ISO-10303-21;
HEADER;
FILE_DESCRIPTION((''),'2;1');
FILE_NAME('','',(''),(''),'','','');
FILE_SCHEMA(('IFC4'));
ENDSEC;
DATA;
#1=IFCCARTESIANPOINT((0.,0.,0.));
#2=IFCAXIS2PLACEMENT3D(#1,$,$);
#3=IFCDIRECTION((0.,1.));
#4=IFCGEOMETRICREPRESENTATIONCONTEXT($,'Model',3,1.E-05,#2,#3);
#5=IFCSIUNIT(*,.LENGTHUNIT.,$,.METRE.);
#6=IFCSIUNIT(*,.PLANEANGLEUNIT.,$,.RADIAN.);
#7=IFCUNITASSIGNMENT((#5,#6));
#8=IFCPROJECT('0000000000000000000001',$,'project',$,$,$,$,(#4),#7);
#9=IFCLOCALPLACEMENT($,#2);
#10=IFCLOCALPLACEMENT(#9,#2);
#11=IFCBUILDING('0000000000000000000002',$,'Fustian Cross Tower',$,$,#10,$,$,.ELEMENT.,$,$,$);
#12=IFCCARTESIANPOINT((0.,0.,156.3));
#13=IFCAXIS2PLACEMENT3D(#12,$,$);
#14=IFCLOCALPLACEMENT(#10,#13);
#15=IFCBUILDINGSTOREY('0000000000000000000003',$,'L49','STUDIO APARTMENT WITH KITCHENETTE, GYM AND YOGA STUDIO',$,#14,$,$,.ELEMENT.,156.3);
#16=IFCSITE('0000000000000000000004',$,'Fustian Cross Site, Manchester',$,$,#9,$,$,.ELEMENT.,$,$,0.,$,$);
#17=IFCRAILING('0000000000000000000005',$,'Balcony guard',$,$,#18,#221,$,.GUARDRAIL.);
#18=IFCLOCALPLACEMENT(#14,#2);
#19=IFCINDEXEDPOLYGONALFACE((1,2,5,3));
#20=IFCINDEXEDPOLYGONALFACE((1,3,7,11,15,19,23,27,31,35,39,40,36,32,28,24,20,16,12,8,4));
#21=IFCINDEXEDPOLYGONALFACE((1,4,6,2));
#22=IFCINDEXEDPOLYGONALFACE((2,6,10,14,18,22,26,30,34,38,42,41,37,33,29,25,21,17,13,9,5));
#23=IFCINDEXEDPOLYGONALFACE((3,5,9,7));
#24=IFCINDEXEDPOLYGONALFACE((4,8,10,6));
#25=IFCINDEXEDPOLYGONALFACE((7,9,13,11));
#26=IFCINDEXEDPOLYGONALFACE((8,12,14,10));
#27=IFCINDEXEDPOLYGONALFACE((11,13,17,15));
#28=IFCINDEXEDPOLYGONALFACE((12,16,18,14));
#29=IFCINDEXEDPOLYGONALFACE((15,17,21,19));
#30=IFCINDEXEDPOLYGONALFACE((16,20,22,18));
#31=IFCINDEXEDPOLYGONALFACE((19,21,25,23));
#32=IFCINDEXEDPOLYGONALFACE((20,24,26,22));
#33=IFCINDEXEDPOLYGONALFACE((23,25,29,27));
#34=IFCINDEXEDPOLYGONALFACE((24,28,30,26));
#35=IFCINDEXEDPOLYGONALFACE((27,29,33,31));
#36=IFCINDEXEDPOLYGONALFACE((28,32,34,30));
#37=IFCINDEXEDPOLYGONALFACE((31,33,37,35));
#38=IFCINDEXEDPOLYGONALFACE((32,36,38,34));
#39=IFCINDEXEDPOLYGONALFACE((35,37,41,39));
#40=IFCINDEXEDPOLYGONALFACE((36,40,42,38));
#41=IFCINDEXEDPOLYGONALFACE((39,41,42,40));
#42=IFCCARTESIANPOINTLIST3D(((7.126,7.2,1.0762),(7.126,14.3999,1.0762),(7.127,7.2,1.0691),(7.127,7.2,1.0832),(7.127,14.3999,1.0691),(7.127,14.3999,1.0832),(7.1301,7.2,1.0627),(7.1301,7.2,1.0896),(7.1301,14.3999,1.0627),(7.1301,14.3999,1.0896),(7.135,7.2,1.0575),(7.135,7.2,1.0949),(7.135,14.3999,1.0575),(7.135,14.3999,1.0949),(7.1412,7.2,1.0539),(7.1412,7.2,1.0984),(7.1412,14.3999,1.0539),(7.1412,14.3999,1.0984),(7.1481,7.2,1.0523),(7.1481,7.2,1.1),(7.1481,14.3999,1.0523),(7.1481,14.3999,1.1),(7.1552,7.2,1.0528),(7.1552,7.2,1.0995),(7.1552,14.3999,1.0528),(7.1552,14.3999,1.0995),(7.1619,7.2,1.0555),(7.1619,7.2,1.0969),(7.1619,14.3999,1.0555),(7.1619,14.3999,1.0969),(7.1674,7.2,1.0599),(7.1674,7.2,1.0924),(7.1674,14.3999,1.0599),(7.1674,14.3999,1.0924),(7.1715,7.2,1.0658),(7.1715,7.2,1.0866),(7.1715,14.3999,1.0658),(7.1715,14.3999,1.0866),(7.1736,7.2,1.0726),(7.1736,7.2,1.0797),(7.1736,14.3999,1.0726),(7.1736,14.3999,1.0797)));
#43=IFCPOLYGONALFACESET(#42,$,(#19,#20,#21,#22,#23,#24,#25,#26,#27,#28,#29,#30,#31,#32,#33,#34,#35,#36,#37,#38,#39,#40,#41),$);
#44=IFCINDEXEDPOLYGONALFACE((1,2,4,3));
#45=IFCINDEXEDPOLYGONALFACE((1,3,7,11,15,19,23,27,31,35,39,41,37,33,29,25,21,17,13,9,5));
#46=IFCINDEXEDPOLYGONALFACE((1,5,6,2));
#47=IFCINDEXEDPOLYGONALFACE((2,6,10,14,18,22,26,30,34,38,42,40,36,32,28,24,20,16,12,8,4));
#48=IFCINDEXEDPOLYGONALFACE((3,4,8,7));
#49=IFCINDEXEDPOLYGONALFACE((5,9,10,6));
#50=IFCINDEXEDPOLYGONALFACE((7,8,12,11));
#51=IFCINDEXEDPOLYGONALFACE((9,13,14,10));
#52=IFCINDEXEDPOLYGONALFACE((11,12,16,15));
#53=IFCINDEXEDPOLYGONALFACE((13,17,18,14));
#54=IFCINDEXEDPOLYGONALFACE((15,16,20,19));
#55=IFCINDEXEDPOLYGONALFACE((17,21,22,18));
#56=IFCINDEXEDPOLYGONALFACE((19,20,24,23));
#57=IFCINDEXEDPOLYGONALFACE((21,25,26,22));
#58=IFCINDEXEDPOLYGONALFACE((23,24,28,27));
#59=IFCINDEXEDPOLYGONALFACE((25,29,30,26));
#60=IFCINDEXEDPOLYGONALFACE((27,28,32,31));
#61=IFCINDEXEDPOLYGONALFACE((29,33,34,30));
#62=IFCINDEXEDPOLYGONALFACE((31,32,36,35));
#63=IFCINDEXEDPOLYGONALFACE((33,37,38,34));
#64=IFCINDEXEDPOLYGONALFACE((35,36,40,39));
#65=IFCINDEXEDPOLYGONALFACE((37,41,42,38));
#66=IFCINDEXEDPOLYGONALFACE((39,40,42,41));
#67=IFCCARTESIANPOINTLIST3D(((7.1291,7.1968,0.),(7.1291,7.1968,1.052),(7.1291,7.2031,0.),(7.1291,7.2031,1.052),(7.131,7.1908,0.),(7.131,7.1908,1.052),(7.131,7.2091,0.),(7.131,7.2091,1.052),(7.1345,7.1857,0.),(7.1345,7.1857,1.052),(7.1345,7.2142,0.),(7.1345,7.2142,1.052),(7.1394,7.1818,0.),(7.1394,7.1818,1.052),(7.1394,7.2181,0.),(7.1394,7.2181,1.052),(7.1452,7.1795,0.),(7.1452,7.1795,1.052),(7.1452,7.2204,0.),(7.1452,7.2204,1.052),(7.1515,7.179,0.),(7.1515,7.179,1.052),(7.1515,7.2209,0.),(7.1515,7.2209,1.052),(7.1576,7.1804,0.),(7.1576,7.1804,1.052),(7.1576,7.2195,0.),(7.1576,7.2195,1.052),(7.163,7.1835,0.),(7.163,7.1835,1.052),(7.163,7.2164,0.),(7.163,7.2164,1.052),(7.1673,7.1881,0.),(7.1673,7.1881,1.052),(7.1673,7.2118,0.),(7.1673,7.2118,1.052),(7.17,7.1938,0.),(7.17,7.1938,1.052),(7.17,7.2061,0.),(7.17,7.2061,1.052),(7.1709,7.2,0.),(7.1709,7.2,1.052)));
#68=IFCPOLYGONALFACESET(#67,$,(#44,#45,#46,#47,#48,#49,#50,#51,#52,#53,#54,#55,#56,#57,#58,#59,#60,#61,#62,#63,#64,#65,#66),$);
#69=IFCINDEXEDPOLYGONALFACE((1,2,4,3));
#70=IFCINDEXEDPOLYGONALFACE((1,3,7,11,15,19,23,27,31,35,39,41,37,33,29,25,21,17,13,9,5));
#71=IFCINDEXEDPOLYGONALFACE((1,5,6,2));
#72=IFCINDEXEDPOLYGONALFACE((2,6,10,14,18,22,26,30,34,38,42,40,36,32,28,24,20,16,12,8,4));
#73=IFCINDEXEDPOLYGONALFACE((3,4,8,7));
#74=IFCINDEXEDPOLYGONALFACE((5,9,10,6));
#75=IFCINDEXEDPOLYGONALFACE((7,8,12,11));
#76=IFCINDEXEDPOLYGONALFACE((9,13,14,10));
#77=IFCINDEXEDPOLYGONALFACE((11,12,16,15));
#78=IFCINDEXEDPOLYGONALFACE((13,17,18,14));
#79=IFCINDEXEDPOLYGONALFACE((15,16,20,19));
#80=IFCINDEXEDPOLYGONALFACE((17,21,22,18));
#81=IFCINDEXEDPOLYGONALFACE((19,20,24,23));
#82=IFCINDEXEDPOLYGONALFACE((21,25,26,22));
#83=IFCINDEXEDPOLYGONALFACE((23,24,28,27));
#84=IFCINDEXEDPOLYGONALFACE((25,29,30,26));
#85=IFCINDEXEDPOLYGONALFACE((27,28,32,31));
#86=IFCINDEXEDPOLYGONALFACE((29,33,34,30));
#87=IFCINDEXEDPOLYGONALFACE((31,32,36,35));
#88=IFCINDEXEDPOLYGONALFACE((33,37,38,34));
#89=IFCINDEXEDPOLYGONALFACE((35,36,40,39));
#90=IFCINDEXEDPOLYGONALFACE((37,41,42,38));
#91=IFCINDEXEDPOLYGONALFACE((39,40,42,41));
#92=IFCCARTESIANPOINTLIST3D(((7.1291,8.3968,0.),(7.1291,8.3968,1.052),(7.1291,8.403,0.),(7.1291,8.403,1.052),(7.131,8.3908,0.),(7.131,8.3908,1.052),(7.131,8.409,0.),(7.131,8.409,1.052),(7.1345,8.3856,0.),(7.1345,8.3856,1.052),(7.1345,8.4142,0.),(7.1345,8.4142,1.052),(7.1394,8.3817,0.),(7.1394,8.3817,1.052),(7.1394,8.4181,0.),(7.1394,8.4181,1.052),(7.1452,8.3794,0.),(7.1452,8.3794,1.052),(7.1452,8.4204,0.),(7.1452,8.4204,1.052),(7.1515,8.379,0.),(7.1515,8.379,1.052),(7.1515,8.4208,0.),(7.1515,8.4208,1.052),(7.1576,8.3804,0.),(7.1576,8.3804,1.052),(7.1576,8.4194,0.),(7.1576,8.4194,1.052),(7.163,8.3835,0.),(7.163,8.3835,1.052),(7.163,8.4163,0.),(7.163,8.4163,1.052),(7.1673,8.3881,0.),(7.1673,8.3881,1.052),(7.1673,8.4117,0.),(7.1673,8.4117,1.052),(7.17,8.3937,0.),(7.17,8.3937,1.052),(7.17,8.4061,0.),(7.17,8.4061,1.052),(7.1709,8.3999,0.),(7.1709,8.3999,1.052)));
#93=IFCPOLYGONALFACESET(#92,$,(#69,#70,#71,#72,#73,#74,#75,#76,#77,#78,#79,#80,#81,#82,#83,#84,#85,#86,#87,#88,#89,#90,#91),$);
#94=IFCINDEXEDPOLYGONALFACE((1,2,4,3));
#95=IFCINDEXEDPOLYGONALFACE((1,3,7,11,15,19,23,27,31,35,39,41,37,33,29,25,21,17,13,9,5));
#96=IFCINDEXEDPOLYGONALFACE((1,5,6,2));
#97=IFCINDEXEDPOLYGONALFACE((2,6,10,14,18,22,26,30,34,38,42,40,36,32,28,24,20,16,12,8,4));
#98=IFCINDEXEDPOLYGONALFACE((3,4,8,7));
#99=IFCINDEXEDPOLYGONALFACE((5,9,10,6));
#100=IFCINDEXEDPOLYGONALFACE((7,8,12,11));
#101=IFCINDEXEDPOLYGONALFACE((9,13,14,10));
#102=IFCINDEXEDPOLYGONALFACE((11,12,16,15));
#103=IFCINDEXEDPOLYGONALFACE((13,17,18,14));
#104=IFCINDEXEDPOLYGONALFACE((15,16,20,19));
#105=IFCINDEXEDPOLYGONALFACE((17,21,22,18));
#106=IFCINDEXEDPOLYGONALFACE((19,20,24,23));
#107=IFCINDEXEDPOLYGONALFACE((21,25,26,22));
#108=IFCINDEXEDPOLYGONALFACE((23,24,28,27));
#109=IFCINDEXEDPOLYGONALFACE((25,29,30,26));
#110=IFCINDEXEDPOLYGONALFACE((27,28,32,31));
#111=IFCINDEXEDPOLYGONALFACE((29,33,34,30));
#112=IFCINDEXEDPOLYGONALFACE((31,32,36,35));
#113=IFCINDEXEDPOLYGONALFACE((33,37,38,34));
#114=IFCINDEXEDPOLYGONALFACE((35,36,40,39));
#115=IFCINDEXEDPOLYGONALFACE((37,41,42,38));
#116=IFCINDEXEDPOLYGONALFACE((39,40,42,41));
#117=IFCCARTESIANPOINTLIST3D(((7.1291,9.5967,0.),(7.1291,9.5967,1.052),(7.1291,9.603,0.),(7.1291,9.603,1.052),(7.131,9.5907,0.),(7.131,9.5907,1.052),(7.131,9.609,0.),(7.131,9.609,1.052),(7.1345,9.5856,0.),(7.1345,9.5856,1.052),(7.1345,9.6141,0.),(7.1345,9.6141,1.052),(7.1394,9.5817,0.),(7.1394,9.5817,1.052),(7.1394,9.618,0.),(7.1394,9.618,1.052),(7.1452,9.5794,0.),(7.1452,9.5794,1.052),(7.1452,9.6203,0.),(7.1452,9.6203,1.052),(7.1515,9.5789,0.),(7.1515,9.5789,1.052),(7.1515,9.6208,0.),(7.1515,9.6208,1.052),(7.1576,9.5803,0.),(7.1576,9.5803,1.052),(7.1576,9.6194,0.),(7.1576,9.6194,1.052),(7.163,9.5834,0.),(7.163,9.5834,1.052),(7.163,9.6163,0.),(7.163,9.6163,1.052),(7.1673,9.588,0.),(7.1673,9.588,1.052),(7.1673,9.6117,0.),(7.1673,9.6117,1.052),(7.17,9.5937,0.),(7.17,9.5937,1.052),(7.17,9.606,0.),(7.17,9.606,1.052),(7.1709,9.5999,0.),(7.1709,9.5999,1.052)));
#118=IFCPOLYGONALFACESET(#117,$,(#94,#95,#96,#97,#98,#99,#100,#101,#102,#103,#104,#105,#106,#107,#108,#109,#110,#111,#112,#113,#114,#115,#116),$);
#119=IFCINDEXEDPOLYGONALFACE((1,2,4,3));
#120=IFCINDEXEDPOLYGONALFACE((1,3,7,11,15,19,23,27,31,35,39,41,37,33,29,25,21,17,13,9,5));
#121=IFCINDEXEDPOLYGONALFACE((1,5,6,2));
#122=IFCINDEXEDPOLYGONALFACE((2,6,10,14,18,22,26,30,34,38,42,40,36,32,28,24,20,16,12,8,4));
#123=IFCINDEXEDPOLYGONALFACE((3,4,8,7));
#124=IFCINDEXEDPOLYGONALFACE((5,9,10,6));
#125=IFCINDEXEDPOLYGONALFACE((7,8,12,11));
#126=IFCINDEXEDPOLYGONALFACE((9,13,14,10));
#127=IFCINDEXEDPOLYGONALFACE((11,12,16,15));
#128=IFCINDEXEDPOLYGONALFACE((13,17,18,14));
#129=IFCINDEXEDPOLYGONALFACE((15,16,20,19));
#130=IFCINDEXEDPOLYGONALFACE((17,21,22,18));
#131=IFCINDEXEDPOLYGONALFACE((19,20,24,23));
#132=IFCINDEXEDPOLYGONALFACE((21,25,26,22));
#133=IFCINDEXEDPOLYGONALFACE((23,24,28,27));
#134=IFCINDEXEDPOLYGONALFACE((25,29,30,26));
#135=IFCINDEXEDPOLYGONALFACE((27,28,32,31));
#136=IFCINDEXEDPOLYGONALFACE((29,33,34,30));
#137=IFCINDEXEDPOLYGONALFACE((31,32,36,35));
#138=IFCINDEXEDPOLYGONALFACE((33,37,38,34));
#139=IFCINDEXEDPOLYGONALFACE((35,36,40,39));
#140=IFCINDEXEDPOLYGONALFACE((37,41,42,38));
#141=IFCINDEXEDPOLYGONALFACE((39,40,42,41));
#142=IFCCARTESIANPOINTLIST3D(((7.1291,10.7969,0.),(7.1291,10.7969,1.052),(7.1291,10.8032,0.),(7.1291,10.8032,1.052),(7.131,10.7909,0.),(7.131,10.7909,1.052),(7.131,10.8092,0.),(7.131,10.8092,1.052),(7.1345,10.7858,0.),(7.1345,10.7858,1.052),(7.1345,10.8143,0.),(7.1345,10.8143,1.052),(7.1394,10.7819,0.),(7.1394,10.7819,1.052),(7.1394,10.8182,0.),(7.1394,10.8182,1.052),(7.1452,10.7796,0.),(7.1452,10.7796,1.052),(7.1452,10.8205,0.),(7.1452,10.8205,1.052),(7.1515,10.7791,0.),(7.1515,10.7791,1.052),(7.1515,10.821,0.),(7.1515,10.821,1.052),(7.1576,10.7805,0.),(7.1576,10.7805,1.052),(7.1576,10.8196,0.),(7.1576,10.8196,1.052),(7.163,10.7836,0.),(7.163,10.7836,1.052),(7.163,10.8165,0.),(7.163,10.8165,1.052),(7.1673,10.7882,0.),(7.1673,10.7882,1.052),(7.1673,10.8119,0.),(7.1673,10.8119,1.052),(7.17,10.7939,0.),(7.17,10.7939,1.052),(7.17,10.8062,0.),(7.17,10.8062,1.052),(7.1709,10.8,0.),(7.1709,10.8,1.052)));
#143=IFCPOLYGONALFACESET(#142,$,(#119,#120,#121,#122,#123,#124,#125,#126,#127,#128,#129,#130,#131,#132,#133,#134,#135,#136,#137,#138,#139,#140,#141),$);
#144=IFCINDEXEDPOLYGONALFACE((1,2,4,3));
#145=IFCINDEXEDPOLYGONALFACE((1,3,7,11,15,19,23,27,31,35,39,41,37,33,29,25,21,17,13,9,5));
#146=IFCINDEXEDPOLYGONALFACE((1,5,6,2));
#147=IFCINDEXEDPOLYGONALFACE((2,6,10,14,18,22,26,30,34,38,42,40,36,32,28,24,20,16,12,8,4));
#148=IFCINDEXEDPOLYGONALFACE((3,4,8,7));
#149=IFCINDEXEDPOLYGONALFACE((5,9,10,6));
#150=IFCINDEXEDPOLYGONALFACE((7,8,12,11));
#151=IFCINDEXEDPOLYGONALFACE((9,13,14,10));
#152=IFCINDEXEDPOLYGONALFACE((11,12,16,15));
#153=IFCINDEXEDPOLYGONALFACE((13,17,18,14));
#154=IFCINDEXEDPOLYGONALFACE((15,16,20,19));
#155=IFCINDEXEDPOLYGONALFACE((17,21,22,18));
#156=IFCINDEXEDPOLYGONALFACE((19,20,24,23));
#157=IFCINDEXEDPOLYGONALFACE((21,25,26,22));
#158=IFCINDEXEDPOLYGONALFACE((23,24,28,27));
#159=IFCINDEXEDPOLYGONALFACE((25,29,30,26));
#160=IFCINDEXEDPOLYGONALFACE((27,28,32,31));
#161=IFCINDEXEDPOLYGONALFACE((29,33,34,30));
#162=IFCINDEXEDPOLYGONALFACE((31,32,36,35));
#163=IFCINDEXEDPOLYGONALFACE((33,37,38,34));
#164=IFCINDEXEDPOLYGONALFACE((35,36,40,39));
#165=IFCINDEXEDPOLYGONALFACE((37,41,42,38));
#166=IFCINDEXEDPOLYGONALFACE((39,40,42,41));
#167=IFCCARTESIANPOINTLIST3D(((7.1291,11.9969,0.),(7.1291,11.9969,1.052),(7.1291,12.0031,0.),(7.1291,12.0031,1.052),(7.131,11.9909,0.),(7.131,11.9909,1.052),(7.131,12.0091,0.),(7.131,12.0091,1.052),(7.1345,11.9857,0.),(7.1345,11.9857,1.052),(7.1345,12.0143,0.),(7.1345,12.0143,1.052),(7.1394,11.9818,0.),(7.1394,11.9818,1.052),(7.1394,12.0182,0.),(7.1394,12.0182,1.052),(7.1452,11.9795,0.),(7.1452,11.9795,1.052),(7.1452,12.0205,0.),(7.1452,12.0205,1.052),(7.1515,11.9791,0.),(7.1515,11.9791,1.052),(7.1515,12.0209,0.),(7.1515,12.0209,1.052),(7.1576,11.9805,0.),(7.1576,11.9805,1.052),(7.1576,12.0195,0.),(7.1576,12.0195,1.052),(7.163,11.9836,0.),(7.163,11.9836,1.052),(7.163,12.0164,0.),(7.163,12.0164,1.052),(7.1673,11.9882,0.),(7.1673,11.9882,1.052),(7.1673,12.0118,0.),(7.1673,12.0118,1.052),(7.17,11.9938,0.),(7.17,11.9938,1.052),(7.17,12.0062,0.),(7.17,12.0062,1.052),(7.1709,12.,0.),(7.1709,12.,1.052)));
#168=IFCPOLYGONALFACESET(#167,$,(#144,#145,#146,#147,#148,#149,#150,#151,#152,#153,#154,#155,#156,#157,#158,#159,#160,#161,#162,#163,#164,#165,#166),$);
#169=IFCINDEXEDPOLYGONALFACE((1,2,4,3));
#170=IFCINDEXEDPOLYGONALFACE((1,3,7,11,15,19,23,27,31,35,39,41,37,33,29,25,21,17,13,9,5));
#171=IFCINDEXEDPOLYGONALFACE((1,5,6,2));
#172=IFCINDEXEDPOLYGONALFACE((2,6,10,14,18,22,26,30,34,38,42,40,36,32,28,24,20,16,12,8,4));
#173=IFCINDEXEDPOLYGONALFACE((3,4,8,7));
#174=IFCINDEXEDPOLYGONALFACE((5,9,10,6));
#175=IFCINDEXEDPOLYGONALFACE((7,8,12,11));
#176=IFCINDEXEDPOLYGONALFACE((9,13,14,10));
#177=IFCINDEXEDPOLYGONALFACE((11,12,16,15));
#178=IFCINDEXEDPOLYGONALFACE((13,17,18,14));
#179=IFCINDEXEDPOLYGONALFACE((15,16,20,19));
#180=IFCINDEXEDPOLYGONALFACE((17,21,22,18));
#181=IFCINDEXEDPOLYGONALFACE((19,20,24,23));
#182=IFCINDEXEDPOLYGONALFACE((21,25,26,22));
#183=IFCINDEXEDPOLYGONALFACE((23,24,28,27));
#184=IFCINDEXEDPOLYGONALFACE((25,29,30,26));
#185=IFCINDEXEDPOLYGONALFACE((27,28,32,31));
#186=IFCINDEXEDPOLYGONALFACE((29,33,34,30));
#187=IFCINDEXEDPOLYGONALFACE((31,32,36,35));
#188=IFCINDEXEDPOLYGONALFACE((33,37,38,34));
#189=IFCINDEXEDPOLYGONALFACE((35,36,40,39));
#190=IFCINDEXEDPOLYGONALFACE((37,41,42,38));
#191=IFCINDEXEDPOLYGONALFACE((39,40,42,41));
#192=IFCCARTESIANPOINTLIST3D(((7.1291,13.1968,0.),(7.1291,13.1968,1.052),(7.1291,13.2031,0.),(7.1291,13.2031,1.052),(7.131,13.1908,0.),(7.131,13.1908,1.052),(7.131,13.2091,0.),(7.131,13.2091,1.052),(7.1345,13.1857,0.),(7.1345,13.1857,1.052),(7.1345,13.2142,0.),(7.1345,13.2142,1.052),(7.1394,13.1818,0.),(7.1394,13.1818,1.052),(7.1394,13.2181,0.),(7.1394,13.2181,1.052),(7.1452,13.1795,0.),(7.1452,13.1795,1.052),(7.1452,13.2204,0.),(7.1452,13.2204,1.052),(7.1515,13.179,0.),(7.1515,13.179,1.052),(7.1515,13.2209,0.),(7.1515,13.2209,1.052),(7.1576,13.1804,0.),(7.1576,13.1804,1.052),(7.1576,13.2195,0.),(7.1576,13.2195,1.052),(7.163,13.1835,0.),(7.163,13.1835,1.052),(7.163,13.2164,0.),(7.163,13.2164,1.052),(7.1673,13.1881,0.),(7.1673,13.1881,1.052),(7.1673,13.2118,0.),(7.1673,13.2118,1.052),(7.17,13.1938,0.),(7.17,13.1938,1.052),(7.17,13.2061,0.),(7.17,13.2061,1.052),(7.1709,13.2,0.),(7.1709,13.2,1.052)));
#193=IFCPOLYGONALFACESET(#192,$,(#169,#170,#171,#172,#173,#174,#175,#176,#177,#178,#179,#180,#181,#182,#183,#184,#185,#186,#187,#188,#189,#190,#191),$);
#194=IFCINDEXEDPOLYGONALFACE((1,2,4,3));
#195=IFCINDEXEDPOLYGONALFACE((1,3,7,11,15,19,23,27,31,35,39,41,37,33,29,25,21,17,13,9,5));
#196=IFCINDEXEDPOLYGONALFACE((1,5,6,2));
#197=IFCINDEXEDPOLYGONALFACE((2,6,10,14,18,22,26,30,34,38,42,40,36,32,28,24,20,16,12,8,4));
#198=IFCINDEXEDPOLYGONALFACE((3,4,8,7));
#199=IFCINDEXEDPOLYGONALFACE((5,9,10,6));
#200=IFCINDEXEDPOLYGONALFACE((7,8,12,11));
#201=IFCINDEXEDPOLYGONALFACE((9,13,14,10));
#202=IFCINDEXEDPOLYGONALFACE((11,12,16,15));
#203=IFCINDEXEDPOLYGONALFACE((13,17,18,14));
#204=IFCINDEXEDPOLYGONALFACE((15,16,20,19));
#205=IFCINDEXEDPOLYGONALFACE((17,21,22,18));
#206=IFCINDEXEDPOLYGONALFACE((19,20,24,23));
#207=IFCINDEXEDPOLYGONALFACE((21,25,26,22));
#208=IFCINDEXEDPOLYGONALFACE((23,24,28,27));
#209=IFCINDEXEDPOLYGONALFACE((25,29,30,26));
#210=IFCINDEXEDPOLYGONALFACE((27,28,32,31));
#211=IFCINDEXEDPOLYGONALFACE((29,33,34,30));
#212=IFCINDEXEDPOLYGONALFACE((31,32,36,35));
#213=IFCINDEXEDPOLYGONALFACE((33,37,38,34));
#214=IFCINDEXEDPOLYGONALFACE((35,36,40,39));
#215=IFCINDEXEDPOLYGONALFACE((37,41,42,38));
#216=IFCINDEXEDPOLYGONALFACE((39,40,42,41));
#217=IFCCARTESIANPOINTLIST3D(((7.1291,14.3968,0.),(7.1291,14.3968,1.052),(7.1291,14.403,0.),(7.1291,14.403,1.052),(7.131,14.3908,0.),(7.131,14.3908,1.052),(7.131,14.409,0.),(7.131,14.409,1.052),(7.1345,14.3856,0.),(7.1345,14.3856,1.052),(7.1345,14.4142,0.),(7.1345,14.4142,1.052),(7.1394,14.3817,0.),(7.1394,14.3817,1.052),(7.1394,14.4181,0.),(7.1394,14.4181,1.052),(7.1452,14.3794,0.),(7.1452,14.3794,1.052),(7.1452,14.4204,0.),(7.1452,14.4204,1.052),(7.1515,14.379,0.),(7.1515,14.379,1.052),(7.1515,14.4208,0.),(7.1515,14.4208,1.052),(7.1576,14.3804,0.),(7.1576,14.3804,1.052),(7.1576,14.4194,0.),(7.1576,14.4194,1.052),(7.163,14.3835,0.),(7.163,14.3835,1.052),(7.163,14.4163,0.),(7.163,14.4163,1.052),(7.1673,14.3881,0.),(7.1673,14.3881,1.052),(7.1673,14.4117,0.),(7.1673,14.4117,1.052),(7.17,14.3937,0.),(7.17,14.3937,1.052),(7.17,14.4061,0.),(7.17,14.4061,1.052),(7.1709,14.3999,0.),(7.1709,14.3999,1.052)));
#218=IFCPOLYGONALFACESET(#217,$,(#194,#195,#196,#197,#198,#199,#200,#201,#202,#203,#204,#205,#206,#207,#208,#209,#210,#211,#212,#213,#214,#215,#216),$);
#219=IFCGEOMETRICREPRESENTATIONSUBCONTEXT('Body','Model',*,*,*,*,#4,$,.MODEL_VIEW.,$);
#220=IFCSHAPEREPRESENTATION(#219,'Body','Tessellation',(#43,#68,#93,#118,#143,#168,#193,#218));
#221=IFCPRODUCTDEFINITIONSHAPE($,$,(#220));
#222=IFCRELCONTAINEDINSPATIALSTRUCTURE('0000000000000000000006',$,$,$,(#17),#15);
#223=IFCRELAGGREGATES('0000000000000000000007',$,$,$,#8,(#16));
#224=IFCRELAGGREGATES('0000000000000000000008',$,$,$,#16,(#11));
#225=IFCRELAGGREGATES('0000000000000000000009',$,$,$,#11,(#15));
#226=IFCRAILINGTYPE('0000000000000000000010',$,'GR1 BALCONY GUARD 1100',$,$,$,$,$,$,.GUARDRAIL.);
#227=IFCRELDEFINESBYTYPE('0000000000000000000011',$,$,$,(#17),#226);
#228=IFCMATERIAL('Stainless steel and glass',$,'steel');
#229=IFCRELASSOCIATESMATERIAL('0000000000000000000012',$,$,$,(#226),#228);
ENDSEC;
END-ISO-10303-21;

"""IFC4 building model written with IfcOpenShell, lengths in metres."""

from ifc_helpers import new_model, si_unit, direction, frame, origin, origin_2d, place, context, subcontext, project, spatial, circle, extrude, material, type_object, element, save


model = new_model("IFC4")

# Units and contexts
model_context = context("Model", 3, precision=1e-05, world=origin(), true_north=direction((0.0, 1.0)))
body_context = subcontext(model_context, "Body", "Model", "MODEL_VIEW")
ifc_project = project(units=[si_unit("LENGTHUNIT", "METRE"), si_unit("PLANEANGLEUNIT", "RADIAN")], contexts=[model_context])

# Site, building, storey
site_placement = place(None, origin())
site = spatial("IfcSite", under=ifc_project, at=site_placement, Name="Fustian Cross Site, Manchester", CompositionType="ELEMENT", RefElevation=0.0)
building_placement = place(site_placement, origin())
building = spatial("IfcBuilding", under=site, at=building_placement, Name="Fustian Cross Tower", CompositionType="ELEMENT")
storey_placement = place(building_placement, frame((0.0, 0.0, 156.3)))
storey = spatial("IfcBuildingStorey", under=building, at=storey_placement, Name="L49", Description="STUDIO APARTMENT WITH KITCHENETTE, GYM AND YOGA STUDIO", CompositionType="ELEMENT", Elevation=156.3)

# Railing
ifc_material_1 = material(Name="Stainless steel and glass", Category="steel")
railing_type = type_object("IfcRailingType", Name="GR1 BALCONY GUARD 1100", PredefinedType="GUARDRAIL", material=ifc_material_1)
railing_placement = place(storey_placement, frame((7.1499, 7.2, 0.0)))
element("IfcRailing", 1, at=railing_placement, inside=storey, type_object=railing_type, Name="Balcony guard", PredefinedType="GUARDRAIL", context=body_context, shape_type="SweptSolid", body=[
    extrude(circle(Radius=0.0239, at=origin_2d()), frame((0.0, 0.0, 1.0762), z_axis=(0.0, 1.0, 0.0), x_axis=(-1.0, 0.0, 0.0)), (0.0, 0.0, 1.0), 7.2),
    extrude(circle(Radius=0.021, at=origin_2d()), origin(), (0.0, 0.0, 1.0), 1.052),
    extrude(circle(Radius=0.021, at=origin_2d()), frame((0.0, 1.2, 0.0)), (0.0, 0.0, 1.0), 1.052),
    extrude(circle(Radius=0.021, at=origin_2d()), frame((0.0, 2.3999, 0.0)), (0.0, 0.0, 1.0), 1.052),
    extrude(circle(Radius=0.021, at=origin_2d()), frame((0.0, 3.6001, 0.0)), (0.0, 0.0, 1.0), 1.052),
    extrude(circle(Radius=0.021, at=origin_2d()), frame((0.0, 4.8, 0.0)), (0.0, 0.0, 1.0), 1.052),
    extrude(circle(Radius=0.021, at=origin_2d()), frame((0.0, 6.0, 0.0)), (0.0, 0.0, 1.0), 1.052),
    extrude(circle(Radius=0.021, at=origin_2d()), frame((0.0, 7.2, 0.0)), (0.0, 0.0, 1.0), 1.052),
])

save(model, "model.ifc")
